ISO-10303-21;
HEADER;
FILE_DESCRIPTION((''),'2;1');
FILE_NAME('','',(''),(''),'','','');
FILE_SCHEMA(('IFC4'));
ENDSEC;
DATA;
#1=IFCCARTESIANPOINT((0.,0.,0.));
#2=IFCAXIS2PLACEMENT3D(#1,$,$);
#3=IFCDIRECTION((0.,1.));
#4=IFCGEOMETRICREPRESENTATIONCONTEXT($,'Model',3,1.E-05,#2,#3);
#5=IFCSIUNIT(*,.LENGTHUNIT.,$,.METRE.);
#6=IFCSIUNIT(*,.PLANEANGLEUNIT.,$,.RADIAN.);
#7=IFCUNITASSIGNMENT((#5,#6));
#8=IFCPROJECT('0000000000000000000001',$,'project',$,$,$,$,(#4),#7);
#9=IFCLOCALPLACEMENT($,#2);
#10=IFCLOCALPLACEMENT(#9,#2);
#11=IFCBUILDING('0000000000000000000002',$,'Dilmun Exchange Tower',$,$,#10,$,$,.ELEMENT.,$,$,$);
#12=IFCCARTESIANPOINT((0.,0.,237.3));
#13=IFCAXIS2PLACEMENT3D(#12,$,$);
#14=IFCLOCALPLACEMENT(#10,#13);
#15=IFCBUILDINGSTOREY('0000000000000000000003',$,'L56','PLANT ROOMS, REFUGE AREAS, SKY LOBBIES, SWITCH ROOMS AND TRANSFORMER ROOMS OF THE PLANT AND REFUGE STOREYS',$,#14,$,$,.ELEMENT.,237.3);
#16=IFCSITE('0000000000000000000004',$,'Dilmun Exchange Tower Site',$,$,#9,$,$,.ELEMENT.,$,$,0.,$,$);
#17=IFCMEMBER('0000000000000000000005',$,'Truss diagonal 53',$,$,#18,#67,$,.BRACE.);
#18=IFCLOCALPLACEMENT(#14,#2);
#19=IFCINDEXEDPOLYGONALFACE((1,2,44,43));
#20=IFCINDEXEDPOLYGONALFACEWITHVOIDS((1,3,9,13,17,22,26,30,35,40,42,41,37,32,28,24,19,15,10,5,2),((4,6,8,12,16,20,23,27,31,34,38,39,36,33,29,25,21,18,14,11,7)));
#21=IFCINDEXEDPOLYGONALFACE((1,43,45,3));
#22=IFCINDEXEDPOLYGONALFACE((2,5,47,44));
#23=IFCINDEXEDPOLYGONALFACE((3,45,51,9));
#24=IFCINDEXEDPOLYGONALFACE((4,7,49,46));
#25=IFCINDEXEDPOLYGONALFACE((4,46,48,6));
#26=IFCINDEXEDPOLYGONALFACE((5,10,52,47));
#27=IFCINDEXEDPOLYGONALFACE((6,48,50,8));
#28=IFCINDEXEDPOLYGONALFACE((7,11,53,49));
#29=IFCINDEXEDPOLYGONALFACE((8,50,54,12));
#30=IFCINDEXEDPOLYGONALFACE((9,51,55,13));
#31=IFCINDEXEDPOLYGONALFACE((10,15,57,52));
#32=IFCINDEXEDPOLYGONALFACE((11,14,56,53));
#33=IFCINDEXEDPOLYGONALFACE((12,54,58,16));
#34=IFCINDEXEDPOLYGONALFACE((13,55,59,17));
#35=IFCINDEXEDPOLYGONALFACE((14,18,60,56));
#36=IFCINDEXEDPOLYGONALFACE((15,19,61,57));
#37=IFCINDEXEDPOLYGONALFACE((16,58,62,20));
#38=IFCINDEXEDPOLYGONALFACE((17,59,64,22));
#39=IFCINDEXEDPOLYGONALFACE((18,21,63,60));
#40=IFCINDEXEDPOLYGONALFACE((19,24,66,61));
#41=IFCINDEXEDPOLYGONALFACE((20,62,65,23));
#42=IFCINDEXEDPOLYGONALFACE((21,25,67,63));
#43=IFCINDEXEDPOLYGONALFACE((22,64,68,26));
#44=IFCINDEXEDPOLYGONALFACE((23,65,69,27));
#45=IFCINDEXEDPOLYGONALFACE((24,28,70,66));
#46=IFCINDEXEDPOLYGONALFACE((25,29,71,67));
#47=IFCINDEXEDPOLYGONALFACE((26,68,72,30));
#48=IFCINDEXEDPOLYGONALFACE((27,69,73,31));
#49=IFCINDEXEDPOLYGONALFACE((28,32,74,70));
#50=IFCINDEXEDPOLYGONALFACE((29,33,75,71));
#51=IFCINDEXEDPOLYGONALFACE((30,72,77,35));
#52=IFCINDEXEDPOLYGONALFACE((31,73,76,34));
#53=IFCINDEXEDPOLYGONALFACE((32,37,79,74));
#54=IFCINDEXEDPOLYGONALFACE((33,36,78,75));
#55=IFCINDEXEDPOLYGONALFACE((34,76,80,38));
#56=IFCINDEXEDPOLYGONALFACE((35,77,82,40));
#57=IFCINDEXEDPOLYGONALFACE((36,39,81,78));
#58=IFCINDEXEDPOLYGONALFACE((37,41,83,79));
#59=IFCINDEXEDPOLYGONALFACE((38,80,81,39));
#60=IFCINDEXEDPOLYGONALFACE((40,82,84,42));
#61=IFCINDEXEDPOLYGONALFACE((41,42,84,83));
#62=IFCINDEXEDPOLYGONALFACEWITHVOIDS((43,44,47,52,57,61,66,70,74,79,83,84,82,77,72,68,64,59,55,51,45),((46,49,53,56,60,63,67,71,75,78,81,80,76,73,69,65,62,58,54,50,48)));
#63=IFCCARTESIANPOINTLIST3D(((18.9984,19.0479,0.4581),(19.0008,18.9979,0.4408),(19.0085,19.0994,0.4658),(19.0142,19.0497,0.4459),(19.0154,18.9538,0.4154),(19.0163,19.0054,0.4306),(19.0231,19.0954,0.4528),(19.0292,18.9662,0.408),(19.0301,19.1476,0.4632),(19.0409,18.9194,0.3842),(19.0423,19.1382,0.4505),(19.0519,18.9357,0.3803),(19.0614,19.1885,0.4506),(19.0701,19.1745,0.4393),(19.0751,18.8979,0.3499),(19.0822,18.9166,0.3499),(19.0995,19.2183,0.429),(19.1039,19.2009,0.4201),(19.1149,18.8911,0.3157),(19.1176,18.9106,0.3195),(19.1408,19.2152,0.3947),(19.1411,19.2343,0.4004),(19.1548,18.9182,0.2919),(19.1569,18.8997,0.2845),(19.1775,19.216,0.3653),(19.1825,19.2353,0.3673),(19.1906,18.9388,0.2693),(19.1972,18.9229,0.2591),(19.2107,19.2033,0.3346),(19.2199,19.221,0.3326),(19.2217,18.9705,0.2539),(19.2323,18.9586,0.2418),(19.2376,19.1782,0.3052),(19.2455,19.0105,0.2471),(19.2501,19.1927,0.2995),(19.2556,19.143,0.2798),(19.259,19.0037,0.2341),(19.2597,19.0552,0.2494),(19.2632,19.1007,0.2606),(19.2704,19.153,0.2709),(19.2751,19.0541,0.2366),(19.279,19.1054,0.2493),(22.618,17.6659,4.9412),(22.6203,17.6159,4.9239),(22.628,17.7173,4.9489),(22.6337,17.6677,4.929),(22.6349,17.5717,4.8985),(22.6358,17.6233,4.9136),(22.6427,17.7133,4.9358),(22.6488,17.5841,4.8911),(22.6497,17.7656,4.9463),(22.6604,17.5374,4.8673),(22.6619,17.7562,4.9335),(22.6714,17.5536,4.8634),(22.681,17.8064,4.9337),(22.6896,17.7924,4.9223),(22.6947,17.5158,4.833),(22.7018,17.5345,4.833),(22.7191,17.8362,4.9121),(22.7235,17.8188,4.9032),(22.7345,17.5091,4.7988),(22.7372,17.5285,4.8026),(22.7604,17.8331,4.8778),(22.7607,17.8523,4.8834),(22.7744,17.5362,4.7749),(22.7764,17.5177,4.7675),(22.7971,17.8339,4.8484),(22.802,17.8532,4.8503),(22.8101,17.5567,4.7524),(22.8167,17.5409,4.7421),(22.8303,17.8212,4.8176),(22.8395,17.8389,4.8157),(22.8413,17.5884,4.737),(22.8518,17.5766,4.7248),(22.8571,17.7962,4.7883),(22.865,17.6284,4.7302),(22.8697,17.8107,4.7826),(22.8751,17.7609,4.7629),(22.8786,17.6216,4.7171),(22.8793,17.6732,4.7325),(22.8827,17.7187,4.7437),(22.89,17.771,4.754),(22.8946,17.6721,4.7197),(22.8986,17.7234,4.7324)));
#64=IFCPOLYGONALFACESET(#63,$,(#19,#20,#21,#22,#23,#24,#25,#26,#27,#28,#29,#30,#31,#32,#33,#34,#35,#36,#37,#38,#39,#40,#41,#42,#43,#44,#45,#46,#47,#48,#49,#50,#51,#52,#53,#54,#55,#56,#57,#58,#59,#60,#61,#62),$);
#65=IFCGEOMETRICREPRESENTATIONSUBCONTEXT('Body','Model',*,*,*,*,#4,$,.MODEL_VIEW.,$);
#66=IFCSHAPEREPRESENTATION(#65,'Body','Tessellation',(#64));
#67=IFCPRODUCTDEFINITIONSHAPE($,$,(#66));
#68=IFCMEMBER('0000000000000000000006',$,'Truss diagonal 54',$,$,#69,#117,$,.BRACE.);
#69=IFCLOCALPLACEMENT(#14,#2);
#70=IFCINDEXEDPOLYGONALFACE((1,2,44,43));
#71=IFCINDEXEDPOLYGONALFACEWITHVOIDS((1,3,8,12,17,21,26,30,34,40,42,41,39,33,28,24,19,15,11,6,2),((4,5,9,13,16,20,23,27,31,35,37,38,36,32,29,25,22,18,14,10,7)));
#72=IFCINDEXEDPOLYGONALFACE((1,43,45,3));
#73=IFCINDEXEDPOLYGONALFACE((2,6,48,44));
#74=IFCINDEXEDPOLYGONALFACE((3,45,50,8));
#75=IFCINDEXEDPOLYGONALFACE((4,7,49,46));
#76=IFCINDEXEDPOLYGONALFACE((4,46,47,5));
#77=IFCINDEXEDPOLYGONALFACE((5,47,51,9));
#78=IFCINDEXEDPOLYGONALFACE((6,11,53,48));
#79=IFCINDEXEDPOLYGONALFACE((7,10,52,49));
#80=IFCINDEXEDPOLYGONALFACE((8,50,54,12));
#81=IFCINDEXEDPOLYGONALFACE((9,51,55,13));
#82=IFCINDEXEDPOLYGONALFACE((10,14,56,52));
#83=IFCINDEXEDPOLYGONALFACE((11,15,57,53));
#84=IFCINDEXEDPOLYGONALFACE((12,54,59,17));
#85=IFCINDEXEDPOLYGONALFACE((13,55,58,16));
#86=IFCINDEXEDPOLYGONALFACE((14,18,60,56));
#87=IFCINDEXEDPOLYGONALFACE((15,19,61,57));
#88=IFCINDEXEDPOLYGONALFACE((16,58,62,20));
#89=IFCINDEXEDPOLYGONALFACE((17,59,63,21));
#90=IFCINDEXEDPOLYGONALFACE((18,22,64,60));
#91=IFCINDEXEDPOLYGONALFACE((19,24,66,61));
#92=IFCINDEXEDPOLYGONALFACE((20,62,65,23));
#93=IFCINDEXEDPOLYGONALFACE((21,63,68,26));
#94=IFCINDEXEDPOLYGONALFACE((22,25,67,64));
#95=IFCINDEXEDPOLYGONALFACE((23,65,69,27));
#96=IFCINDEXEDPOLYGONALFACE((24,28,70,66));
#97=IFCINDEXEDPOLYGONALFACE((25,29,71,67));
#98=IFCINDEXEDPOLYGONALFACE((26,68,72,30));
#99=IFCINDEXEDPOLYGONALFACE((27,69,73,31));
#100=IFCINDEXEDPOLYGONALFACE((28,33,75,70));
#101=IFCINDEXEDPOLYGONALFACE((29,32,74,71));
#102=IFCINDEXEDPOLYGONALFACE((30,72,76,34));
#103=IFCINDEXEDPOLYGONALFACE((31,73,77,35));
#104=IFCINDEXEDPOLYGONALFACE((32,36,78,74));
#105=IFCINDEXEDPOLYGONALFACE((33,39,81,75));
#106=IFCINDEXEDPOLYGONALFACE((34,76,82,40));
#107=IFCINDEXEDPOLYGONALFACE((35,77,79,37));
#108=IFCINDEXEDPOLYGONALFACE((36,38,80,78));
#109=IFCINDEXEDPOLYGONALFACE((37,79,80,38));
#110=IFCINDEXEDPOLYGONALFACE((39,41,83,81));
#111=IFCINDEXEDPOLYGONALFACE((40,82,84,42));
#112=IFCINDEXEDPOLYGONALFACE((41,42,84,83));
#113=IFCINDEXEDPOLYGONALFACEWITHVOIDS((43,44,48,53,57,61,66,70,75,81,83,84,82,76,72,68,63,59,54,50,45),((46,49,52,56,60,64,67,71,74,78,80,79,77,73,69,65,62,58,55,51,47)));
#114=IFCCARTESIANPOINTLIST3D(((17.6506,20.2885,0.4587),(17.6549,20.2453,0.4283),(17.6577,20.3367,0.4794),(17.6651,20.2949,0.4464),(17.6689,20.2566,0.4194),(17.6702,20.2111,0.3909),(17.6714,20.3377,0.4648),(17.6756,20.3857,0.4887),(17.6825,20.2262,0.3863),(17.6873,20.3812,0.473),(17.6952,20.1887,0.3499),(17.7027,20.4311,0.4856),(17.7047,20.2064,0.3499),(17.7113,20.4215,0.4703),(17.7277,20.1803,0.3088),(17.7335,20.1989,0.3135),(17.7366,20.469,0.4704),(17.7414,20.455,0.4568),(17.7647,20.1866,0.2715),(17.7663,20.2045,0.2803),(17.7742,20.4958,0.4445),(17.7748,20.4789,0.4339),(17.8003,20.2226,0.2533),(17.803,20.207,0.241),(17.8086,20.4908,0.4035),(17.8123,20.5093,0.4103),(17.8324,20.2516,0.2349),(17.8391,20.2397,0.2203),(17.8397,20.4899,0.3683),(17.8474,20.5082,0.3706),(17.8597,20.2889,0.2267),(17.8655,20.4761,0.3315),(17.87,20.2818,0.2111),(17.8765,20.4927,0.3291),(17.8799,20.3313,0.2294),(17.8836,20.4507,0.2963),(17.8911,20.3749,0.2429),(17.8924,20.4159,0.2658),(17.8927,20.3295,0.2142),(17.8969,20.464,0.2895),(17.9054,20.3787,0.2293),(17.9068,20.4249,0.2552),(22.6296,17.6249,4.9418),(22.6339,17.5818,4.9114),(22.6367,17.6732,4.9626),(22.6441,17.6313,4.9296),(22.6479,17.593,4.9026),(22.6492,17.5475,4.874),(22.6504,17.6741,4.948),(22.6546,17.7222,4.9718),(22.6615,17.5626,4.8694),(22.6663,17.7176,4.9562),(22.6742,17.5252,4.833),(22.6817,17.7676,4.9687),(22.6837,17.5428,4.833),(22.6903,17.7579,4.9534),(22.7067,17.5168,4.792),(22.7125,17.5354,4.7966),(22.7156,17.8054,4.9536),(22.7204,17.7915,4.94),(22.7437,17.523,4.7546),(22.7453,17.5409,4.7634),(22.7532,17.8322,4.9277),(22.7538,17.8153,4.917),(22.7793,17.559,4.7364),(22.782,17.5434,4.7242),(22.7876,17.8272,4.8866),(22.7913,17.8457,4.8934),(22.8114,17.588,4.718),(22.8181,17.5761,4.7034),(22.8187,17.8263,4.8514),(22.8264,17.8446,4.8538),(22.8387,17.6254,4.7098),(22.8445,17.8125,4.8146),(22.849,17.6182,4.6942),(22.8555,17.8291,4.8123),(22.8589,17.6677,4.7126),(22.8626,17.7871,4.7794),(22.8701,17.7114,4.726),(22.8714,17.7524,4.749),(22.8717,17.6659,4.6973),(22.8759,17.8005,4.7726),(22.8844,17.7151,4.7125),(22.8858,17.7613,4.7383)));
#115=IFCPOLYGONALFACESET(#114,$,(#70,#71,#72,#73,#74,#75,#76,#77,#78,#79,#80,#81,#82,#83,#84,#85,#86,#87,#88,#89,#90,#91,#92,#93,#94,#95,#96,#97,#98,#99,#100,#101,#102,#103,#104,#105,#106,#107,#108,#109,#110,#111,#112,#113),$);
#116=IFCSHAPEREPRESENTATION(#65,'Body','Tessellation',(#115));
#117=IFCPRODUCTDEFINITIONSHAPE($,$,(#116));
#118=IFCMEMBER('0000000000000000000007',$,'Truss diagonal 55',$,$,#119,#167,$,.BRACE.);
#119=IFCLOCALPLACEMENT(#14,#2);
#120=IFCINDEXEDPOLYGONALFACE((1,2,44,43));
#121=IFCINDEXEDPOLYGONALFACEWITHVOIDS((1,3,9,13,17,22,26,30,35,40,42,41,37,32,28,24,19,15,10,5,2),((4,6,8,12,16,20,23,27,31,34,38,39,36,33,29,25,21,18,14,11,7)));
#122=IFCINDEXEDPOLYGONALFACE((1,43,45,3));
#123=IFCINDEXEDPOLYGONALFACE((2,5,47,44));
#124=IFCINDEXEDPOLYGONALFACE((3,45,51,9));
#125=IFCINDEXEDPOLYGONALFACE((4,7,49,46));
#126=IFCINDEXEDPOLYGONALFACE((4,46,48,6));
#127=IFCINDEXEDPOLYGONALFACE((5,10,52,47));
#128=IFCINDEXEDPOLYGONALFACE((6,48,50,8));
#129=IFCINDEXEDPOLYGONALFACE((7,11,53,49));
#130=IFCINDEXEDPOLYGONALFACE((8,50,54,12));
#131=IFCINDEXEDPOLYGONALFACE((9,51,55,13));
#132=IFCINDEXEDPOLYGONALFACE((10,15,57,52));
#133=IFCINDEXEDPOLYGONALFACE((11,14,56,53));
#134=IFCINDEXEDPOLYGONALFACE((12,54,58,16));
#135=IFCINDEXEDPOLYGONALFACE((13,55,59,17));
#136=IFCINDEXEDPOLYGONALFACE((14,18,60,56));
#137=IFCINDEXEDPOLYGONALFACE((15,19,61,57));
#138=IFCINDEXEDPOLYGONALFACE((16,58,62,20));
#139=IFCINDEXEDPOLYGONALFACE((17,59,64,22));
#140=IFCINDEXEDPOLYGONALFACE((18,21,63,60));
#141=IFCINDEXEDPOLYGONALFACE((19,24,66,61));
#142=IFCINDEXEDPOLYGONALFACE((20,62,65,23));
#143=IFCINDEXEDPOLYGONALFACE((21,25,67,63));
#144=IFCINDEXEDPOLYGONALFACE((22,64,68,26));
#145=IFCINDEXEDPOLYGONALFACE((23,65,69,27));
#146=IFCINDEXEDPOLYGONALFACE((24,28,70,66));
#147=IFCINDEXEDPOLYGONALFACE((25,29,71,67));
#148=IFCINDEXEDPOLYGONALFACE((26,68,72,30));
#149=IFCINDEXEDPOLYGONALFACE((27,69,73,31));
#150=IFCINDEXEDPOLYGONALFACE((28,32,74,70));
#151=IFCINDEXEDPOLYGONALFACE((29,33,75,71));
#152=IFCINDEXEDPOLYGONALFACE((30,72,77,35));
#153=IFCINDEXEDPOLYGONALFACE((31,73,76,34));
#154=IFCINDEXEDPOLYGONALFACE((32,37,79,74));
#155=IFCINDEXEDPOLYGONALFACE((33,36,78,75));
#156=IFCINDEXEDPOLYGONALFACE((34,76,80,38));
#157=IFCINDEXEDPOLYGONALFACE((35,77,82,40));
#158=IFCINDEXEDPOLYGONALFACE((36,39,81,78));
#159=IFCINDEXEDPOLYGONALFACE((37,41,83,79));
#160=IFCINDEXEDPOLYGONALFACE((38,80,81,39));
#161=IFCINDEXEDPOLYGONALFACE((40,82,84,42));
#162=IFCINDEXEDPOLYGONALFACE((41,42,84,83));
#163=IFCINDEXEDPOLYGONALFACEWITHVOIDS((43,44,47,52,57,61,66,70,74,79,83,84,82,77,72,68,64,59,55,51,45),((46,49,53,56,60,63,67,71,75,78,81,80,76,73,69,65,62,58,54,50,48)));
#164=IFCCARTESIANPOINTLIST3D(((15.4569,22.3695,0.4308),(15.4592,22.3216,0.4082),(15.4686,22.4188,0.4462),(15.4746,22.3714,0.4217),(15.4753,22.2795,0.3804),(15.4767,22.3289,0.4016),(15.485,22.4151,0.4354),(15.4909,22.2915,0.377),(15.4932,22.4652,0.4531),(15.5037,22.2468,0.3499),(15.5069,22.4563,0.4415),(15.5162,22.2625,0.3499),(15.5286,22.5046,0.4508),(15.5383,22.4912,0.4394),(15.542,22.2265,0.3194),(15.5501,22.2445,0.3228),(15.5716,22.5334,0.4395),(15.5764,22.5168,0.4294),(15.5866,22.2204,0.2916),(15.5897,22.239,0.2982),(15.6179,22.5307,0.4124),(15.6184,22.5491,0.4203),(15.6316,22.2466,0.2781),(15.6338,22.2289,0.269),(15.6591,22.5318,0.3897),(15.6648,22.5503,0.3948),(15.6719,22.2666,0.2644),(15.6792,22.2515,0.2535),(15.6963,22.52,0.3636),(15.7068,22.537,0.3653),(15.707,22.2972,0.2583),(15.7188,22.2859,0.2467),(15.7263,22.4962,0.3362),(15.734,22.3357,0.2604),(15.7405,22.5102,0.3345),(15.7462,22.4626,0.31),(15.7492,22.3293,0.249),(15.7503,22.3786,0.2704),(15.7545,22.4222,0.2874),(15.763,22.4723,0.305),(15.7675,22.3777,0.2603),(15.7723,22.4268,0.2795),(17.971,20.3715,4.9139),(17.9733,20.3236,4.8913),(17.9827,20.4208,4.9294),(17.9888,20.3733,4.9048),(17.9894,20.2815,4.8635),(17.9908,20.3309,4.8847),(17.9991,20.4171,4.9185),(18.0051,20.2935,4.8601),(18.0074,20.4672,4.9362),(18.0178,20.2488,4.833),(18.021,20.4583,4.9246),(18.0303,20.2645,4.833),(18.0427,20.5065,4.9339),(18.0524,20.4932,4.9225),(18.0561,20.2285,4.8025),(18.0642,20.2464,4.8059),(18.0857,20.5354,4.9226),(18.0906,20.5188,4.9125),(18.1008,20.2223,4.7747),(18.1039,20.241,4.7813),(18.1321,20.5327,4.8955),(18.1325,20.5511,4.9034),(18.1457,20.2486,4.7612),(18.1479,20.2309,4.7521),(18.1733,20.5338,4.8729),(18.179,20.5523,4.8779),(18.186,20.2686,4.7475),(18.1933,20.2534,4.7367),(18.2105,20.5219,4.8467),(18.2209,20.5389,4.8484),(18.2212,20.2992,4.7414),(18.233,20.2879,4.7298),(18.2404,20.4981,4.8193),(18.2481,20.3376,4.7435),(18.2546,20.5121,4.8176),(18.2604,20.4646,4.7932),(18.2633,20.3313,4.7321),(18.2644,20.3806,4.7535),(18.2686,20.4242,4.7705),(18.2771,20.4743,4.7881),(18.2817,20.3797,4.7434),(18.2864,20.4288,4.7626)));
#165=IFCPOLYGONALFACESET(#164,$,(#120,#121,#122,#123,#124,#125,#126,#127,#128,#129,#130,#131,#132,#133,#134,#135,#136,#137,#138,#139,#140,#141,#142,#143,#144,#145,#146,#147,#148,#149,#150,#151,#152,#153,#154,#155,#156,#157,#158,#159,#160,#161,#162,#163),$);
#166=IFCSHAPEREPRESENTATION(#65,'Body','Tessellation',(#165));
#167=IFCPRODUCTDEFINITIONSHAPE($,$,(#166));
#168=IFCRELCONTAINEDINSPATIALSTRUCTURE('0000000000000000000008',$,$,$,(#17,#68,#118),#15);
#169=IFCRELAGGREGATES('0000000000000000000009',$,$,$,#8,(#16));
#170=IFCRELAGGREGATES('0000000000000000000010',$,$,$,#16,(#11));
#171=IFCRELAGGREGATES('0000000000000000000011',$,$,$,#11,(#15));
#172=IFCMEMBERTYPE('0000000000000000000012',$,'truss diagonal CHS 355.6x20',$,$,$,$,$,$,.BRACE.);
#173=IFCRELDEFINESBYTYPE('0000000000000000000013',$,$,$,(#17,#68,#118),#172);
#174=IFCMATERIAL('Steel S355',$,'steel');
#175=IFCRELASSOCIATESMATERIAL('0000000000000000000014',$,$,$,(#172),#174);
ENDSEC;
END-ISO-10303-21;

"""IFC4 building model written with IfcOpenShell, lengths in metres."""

from ifc_helpers import new_model, si_unit, direction, frame, origin, origin_2d, place, context, subcontext, project, spatial, hollow_circle, extrude, material, material_profile, profile_set, type_object, element, save


model = new_model("IFC4")

# Units and contexts
model_context = context("Model", 3, precision=1e-05, world=origin(), true_north=direction((0.0, 1.0)))
body_context = subcontext(model_context, "Body", "Model", "MODEL_VIEW")
ifc_project = project(units=[si_unit("LENGTHUNIT", "METRE"), si_unit("PLANEANGLEUNIT", "RADIAN")], contexts=[model_context])

# Site, building, storey
site_placement = place(None, origin())
site = spatial("IfcSite", under=ifc_project, at=site_placement, Name="Dilmun Exchange Tower Site", CompositionType="ELEMENT", RefElevation=0.0)
building_placement = place(site_placement, origin())
building = spatial("IfcBuilding", under=site, at=building_placement, Name="Dilmun Exchange Tower", CompositionType="ELEMENT")
storey_placement = place(building_placement, frame((0.0, 0.0, 237.3)))
storey = spatial("IfcBuildingStorey", under=building, at=storey_placement, Name="L56", Description="PLANT ROOMS, REFUGE AREAS, SKY LOBBIES, SWITCH ROOMS AND TRANSFORMER ROOMS OF THE PLANT AND REFUGE STOREYS", CompositionType="ELEMENT", Elevation=237.3)

# Shared definitions
ifc_material_1 = material(Name="Steel S355", Category="steel")

# Members
ifc_material_profile_1 = material_profile(ifc_material_1, hollow_circle(Radius=0.1777, WallThickness=0.02, at=origin_2d()), Name="CHS 355.6x20")
ifc_profile_set_1 = profile_set([ifc_material_profile_1], Name="Steel S355")
member_type = type_object("IfcMemberType", Name="truss diagonal CHS 355.6x20", PredefinedType="BRACE", material=ifc_profile_set_1)
member_1_placement = place(storey_placement, frame((22.7581, 17.6819, 4.833), z_axis=(-0.610865, 0.233246, -0.756598), x_axis=(-0.356711, -0.934215, 0.0)))
element("IfcMember", 1, at=member_1_placement, inside=storey, type_object=member_type, Name="Truss diagonal 53", PredefinedType="BRACE", context=body_context, shape_type="SweptSolid", body=[
    extrude(hollow_circle(Radius=0.1777, WallThickness=0.02, at=origin_2d()), origin(), (0.0, 0.0, 1.0), 5.9253),
])
member_2_placement = place(storey_placement, frame((22.7581, 17.6819, 4.833), z_axis=(-0.690571, 0.369429, -0.621799), x_axis=(-0.471705, -0.881756, 0.0)))
element("IfcMember", 2, at=member_2_placement, inside=storey, type_object=member_type, Name="Truss diagonal 54", PredefinedType="BRACE", context=body_context, shape_type="SweptSolid", body=[
    extrude(hollow_circle(Radius=0.1777, WallThickness=0.02, at=origin_2d()), origin(), (0.0, 0.0, 1.0), 7.21),
])
member_3_placement = place(storey_placement, frame((18.1284, 20.3879, 4.833), z_axis=(-0.455902, 0.362313, -0.812947), x_axis=(-0.62217, -0.782882, 0.0)))
element("IfcMember", 3, at=member_3_placement, inside=storey, type_object=member_type, Name="Truss diagonal 55", PredefinedType="BRACE", context=body_context, shape_type="SweptSolid", body=[
    extrude(hollow_circle(Radius=0.1777, WallThickness=0.02, at=origin_2d()), origin(), (0.0, 0.0, 1.0), 5.5146),
])

save(model, "model.ifc")
